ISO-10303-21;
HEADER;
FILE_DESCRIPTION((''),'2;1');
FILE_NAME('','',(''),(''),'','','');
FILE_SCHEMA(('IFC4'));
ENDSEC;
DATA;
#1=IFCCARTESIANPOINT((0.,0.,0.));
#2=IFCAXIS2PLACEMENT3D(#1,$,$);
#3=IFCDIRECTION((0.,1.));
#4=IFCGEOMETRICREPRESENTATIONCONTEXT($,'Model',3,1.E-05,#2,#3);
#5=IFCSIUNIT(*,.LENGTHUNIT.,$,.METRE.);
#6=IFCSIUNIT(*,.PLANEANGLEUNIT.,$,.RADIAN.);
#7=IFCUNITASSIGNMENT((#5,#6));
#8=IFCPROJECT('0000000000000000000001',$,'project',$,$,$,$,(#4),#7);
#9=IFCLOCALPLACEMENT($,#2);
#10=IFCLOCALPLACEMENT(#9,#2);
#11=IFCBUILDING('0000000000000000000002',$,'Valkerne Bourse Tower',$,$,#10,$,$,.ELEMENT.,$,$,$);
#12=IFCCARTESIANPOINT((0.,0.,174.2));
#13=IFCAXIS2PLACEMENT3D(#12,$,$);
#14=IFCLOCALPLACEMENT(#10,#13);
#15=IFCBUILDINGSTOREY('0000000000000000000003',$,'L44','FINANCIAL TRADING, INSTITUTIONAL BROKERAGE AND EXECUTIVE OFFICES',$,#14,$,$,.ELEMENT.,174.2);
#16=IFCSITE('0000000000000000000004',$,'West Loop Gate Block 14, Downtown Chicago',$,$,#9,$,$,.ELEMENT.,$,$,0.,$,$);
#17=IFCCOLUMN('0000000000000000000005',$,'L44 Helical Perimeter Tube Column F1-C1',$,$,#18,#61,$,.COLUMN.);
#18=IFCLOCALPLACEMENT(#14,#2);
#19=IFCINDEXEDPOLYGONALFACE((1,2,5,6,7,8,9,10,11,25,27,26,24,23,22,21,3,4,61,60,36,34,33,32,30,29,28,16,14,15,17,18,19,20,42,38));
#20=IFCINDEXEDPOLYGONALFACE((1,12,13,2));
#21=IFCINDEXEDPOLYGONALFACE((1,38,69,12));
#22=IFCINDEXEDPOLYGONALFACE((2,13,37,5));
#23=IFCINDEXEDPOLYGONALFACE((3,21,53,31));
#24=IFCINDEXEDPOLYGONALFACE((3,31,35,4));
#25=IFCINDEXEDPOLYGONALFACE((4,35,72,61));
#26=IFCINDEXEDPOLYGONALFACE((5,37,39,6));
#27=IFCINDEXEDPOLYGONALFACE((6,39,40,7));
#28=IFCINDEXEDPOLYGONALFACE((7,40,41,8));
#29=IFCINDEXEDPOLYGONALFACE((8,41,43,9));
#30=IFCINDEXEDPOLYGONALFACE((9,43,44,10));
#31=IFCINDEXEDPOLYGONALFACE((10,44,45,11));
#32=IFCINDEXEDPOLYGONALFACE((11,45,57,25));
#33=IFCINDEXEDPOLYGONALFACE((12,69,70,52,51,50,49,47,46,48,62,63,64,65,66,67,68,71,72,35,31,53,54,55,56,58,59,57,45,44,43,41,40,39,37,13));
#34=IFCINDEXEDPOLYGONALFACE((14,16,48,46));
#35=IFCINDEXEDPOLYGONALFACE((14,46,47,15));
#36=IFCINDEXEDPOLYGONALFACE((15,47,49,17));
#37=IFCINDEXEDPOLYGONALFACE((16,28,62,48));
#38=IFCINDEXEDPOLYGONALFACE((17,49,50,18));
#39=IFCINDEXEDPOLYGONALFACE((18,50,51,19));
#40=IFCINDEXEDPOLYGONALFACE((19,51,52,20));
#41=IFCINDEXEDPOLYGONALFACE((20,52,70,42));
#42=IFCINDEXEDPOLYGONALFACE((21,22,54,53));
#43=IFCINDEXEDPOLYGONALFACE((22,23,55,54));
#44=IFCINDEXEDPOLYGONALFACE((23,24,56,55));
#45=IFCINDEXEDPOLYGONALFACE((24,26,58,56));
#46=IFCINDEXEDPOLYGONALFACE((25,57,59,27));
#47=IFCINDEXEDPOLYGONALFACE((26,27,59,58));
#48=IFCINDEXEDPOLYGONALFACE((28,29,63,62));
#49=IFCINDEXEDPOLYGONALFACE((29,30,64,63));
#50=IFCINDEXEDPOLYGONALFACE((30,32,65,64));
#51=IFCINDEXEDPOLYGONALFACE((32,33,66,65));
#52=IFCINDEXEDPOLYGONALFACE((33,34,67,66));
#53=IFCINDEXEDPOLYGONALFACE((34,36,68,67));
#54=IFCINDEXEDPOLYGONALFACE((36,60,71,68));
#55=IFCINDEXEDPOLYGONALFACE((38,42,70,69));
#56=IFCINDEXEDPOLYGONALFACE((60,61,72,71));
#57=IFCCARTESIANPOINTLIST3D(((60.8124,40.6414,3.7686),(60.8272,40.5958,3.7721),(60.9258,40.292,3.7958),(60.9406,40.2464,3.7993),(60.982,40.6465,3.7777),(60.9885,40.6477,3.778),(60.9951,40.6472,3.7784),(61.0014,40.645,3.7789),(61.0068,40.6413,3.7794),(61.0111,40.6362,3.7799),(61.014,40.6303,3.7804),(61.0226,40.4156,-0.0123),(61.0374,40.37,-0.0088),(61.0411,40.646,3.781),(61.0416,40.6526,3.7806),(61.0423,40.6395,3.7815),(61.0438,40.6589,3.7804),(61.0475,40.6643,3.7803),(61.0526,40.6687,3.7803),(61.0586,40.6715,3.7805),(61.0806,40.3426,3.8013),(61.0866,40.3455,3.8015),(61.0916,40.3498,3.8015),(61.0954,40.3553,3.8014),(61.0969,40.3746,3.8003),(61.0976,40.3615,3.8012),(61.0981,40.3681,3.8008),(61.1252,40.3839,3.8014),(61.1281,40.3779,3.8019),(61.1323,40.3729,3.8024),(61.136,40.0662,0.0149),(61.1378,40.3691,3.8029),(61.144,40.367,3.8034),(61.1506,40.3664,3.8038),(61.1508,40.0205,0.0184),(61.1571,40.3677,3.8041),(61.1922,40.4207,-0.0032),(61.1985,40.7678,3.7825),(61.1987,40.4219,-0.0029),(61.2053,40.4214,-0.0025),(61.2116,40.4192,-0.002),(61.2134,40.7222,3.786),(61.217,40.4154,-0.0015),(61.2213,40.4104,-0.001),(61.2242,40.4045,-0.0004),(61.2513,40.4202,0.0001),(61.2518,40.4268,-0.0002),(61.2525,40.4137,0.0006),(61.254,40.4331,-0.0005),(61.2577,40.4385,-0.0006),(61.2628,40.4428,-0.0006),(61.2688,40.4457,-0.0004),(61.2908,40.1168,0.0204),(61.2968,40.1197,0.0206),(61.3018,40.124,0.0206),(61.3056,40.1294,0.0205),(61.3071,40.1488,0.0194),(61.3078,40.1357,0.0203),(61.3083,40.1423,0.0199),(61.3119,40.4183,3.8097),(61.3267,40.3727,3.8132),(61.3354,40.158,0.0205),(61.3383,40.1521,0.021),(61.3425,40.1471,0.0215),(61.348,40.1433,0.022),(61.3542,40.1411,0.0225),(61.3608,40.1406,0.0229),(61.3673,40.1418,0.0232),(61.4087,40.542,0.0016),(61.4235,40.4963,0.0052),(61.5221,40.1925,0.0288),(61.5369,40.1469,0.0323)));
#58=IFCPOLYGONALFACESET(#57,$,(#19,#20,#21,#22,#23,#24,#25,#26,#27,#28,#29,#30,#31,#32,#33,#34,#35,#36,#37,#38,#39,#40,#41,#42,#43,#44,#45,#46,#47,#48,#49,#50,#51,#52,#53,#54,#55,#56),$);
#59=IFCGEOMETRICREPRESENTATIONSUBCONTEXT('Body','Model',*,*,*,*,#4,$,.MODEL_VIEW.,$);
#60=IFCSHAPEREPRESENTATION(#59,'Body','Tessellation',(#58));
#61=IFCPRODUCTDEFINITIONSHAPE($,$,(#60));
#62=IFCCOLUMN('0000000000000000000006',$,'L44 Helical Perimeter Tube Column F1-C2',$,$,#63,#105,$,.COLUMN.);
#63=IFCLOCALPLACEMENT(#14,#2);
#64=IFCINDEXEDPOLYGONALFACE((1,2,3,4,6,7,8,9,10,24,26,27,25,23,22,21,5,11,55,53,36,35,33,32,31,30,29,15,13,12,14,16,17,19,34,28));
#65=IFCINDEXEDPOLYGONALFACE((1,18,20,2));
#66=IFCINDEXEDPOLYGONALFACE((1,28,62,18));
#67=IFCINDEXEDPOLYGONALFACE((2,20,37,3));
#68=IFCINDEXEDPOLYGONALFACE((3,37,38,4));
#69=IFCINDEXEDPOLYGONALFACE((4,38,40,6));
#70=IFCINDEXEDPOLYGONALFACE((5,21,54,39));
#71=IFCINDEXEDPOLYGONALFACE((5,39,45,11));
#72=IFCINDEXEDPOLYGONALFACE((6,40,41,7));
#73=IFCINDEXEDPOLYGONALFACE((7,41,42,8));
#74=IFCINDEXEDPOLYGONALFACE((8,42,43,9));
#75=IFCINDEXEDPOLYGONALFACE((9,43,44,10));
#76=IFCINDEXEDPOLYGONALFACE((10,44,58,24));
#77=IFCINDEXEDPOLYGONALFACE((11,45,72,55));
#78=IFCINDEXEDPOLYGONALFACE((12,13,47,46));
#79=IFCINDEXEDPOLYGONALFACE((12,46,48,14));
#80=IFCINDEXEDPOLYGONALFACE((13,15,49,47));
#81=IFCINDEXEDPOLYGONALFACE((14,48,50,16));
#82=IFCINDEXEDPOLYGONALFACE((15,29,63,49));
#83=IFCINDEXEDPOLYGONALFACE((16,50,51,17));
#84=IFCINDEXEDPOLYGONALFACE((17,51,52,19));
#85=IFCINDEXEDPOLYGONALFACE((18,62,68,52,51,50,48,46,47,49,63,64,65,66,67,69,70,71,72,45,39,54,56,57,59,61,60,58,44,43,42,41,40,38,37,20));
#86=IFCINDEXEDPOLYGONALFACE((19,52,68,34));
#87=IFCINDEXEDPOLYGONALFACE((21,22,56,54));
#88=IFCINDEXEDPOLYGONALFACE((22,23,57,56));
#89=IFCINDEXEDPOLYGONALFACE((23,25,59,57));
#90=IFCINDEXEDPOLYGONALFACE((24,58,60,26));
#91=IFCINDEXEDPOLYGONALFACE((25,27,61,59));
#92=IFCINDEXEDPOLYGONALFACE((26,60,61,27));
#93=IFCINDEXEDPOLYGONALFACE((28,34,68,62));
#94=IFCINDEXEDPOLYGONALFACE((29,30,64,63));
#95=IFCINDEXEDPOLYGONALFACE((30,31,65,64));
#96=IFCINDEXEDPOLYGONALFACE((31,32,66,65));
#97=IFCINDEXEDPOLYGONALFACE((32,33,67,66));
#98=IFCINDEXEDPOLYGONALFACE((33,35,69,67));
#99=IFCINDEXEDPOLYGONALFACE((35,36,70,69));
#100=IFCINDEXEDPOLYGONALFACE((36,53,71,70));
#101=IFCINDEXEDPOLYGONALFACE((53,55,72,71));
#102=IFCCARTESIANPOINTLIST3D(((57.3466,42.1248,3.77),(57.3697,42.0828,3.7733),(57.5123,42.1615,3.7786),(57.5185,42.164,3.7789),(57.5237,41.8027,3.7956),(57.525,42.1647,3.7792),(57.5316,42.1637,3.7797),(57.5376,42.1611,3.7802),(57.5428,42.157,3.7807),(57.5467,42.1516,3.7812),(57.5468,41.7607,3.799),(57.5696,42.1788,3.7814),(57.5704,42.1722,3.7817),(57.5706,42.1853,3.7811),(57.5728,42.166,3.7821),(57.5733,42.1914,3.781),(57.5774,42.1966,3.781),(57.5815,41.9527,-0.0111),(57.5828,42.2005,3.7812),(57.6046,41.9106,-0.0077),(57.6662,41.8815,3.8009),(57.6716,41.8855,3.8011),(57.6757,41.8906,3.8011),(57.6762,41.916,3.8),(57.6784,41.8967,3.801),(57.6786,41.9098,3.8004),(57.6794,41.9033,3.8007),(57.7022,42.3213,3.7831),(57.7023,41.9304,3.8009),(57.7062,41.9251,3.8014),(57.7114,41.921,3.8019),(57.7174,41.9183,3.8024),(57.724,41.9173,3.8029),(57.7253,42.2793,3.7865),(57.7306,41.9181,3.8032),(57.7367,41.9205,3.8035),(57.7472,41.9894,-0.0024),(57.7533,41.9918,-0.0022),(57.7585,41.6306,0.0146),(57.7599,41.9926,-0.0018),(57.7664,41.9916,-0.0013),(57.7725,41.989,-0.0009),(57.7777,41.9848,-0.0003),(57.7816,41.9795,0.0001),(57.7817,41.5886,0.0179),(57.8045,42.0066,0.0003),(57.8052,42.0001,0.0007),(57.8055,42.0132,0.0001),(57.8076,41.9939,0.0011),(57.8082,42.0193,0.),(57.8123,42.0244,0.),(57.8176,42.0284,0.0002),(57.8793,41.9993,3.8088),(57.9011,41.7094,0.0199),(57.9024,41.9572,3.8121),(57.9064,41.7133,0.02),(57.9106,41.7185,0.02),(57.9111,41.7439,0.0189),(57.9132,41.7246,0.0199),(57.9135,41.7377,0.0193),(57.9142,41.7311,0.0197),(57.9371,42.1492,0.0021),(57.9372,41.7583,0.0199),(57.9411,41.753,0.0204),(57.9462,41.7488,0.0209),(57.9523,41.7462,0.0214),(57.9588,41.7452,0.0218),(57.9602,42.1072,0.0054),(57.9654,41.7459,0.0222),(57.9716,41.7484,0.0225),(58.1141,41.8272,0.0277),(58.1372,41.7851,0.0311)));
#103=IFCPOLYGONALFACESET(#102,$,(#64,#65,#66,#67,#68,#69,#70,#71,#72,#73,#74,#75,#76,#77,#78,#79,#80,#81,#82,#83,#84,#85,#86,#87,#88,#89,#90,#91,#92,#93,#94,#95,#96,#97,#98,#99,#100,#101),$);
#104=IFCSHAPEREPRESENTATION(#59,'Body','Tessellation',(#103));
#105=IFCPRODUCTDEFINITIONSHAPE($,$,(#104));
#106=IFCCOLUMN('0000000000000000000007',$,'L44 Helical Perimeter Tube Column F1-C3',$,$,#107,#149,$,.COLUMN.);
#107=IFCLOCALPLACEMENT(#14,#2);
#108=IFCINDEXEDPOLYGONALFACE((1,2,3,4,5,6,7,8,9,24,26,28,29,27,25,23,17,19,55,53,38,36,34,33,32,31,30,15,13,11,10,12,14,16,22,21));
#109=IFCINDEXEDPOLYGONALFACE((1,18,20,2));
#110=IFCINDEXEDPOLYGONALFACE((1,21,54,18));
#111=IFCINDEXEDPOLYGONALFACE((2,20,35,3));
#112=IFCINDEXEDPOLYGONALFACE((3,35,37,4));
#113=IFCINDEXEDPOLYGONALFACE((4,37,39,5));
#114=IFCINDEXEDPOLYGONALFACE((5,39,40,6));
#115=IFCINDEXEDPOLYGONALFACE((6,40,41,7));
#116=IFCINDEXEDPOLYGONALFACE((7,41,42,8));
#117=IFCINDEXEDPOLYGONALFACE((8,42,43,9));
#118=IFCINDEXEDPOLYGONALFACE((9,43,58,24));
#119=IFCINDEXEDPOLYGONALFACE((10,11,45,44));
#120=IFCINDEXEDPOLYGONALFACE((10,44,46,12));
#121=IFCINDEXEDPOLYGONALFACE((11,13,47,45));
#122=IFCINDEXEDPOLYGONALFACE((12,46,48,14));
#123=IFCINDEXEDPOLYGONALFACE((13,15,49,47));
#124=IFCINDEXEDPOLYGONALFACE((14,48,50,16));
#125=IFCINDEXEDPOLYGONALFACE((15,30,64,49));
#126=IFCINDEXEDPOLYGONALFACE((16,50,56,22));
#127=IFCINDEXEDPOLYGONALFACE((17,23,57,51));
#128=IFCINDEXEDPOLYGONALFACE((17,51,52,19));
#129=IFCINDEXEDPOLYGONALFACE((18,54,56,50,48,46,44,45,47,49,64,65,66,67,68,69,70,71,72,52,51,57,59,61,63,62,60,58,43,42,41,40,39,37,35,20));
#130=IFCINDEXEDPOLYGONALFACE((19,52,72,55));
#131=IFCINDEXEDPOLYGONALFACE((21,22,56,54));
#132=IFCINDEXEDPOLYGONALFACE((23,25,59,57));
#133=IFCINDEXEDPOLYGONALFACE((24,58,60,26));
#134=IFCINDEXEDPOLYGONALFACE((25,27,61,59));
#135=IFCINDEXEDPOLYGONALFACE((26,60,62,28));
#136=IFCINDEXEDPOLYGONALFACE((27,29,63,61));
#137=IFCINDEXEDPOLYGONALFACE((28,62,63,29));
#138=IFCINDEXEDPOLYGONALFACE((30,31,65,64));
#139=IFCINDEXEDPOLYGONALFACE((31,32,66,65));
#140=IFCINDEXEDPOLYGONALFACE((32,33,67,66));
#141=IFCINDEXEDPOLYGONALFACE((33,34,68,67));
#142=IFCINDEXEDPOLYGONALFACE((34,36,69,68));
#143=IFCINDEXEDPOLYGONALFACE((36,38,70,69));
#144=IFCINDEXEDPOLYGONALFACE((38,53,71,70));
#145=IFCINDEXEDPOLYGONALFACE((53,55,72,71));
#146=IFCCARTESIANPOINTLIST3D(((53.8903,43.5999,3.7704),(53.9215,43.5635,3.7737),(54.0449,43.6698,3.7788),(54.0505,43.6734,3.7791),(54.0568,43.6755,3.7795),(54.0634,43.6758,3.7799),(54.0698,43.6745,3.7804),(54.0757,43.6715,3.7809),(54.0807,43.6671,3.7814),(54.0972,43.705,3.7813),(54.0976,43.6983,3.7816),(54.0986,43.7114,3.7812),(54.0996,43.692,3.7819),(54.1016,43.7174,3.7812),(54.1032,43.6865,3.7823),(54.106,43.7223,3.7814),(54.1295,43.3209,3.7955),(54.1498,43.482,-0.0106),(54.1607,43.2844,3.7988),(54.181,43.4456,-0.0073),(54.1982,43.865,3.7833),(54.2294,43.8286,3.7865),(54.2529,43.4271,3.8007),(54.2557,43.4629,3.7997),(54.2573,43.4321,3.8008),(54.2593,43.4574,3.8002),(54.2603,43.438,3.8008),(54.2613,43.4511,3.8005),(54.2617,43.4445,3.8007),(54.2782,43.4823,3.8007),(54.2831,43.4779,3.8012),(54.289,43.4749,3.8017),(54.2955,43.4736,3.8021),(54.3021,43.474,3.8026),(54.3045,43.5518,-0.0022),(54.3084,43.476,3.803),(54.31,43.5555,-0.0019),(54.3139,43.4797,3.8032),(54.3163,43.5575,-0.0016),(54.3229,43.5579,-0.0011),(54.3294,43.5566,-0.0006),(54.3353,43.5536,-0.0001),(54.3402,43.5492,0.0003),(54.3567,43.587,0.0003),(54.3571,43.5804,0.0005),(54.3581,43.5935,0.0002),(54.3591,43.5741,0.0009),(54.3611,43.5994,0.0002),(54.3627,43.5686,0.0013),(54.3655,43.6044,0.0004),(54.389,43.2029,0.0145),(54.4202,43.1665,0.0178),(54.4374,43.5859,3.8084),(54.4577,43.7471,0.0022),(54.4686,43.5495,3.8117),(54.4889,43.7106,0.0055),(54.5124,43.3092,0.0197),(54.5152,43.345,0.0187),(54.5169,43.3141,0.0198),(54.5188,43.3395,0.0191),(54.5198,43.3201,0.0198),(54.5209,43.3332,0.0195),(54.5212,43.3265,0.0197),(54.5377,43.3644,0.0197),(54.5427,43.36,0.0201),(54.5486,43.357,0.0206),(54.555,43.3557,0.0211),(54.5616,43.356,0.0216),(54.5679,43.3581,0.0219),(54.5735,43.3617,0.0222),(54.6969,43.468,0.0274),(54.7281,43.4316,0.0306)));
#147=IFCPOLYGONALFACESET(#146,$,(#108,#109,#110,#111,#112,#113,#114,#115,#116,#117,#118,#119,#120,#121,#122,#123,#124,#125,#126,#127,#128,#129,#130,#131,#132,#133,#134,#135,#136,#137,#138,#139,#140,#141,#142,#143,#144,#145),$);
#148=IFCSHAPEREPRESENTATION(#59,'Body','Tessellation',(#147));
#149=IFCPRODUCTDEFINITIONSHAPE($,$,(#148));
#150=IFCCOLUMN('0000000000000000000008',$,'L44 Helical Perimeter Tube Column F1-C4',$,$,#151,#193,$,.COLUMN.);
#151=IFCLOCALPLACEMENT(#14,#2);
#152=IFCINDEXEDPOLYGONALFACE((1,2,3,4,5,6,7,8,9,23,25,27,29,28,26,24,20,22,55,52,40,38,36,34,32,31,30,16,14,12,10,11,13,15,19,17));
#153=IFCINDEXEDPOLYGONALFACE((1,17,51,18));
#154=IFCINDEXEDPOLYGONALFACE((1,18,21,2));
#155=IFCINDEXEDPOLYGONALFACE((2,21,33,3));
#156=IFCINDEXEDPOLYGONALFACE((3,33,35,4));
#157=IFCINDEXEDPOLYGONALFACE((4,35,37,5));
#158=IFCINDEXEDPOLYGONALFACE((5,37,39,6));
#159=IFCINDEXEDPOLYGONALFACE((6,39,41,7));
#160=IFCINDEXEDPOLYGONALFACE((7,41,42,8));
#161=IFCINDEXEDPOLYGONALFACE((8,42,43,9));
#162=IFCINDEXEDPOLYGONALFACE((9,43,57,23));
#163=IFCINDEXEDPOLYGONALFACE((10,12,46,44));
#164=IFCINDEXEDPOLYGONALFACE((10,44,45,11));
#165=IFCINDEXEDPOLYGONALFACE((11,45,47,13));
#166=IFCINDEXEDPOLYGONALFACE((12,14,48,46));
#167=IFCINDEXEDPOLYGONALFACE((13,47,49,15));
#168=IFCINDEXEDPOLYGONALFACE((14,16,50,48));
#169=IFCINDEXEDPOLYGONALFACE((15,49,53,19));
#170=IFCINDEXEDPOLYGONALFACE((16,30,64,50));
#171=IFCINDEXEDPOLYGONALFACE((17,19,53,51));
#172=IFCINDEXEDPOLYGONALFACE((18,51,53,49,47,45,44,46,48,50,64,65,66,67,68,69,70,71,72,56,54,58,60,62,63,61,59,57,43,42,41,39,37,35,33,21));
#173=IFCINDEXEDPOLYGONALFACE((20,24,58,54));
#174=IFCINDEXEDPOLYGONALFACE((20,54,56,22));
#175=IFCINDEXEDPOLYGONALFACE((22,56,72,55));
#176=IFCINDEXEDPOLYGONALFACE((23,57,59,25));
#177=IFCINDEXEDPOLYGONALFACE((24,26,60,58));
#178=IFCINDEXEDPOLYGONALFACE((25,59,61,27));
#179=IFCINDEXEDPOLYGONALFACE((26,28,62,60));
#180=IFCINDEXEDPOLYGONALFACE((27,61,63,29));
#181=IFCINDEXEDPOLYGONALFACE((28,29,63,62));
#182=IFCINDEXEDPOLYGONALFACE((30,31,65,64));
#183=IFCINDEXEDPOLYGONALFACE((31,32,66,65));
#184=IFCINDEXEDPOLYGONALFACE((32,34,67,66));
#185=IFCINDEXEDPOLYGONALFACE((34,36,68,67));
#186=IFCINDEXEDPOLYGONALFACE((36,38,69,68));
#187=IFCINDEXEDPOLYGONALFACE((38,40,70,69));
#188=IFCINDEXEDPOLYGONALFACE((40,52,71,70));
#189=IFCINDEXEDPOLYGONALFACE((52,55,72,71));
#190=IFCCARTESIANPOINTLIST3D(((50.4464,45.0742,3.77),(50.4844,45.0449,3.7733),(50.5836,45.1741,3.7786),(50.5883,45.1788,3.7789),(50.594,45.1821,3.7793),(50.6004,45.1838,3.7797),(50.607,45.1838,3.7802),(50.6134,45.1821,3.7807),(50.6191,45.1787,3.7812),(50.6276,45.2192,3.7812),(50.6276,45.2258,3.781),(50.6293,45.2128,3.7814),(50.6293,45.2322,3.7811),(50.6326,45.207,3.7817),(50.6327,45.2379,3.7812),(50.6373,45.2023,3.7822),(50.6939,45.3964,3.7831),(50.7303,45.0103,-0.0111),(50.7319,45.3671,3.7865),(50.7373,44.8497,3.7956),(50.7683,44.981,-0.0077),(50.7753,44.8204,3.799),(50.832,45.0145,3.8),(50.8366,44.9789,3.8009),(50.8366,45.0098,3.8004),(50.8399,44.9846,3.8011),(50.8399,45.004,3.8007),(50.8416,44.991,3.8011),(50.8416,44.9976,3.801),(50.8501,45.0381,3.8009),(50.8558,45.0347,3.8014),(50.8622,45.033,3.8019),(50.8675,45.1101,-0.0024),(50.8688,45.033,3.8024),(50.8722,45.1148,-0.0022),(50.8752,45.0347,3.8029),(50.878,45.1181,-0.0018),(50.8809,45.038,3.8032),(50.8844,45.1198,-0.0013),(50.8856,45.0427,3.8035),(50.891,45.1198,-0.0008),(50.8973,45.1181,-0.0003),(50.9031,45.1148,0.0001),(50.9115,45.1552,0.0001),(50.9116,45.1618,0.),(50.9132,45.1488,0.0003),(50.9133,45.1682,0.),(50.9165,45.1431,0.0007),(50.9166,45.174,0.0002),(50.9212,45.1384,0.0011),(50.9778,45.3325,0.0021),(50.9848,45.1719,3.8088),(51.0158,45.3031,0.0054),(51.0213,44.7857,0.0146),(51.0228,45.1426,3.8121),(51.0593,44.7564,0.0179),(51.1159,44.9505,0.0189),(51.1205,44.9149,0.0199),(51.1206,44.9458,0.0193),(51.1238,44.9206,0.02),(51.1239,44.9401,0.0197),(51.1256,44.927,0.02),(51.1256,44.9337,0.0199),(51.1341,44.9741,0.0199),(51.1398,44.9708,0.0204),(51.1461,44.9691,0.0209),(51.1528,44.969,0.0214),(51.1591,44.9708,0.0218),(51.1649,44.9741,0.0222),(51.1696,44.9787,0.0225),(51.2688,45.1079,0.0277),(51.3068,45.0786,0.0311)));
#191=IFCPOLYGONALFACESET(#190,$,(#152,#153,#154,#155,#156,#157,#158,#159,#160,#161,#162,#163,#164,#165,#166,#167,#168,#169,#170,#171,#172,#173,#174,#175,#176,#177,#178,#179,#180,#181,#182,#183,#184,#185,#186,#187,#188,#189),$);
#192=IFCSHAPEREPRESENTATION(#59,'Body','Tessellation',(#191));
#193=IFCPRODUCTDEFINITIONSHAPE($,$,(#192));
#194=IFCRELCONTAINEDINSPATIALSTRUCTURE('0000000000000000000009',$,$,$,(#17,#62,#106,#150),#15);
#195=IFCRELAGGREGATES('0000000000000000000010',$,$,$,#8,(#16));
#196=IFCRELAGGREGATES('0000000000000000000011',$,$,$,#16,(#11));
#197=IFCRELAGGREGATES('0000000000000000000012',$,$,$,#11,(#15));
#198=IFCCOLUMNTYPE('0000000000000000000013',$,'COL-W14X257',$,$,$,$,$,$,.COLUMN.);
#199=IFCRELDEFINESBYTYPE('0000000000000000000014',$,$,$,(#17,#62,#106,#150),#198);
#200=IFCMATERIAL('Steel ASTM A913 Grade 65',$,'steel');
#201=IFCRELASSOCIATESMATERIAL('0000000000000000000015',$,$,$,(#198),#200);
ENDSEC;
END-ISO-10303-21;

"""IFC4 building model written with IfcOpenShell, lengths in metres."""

from ifc_helpers import new_model, si_unit, direction, frame, origin, origin_2d, place, context, subcontext, project, spatial, i_section, extrude, material, material_profile, profile_set, type_object, element, save


model = new_model("IFC4")

# Units and contexts
model_context = context("Model", 3, precision=1e-05, world=origin(), true_north=direction((0.0, 1.0)))
body_context = subcontext(model_context, "Body", "Model", "MODEL_VIEW")
ifc_project = project(units=[si_unit("LENGTHUNIT", "METRE"), si_unit("PLANEANGLEUNIT", "RADIAN")], contexts=[model_context])

# Site, building, storey
site_placement = place(None, origin())
site = spatial("IfcSite", under=ifc_project, at=site_placement, Name="West Loop Gate Block 14, Downtown Chicago", CompositionType="ELEMENT", RefElevation=0.0)
building_placement = place(site_placement, origin())
building = spatial("IfcBuilding", under=site, at=building_placement, Name="Valkerne Bourse Tower", CompositionType="ELEMENT")
storey_placement = place(building_placement, frame((0.0, 0.0, 174.2)))
storey = spatial("IfcBuildingStorey", under=building, at=storey_placement, Name="L44", Description="FINANCIAL TRADING, INSTITUTIONAL BROKERAGE AND EXECUTIVE OFFICES", CompositionType="ELEMENT", Elevation=174.2)

# Columns
ifc_material_1 = material(Name="Steel ASTM A913 Grade 65", Category="steel")
ifc_material_profile_1 = material_profile(ifc_material_1, i_section(OverallWidth=0.4065, OverallDepth=0.4165, WebThickness=0.0298, FlangeThickness=0.0481, FilletRadius=0.0254, at=origin_2d()), Name="W14X257")
ifc_profile_set_1 = profile_set([ifc_material_profile_1], Name="Steel ASTM A913 Grade 65")
column_type = type_object("IfcColumnType", Name="COL-W14X257", PredefinedType="COLUMN", material=ifc_profile_set_1)
column_1_placement = place(storey_placement, frame((61.2798, 40.2812, 0.01), z_axis=(-0.055411, 0.05953, 0.996687), x_axis=(0.949849, 0.31083, 0.034242)))
element("IfcColumn", 1, at=column_1_placement, inside=storey, type_object=column_type, Name="L44 Helical Perimeter Tube Column F1-C1", PredefinedType="COLUMN", context=body_context, shape_type="SweptSolid", body=[
    extrude(i_section(OverallWidth=0.4065, OverallDepth=0.4165, WebThickness=0.0298, FlangeThickness=0.0481, FilletRadius=0.0254, at=origin_2d()), origin(), (0.0, 0.0, 1.0), 3.7935),
])
column_2_placement = place(storey_placement, frame((57.8594, 41.8689, 0.01), z_axis=(-0.061933, 0.045388, 0.997048), x_axis=(0.874763, 0.483471, 0.032329)))
element("IfcColumn", 2, at=column_2_placement, inside=storey, type_object=column_type, Name="L44 Helical Perimeter Tube Column F1-C2", PredefinedType="COLUMN", context=body_context, shape_type="SweptSolid", body=[
    extrude(i_section(OverallWidth=0.4065, OverallDepth=0.4165, WebThickness=0.0298, FlangeThickness=0.0481, FilletRadius=0.0254, at=origin_2d()), origin(), (0.0, 0.0, 1.0), 3.7922),
])
column_3_placement = place(storey_placement, frame((54.439, 43.4568, 0.01), z_axis=(-0.068444, 0.031099, 0.99717), x_axis=(0.757457, 0.652117, 0.031653)))
element("IfcColumn", 3, at=column_3_placement, inside=storey, type_object=column_type, Name="L44 Helical Perimeter Tube Column F1-C3", PredefinedType="COLUMN", context=body_context, shape_type="SweptSolid", body=[
    extrude(i_section(OverallWidth=0.4065, OverallDepth=0.4165, WebThickness=0.0298, FlangeThickness=0.0481, FilletRadius=0.0254, at=origin_2d()), origin(), (0.0, 0.0, 1.0), 3.7917),
])
column_4_placement = place(storey_placement, frame((51.0186, 45.0444, 0.01), z_axis=(-0.074874, 0.016868, 0.99705), x_axis=(0.608873, 0.792609, 0.032315)))
element("IfcColumn", 4, at=column_4_placement, inside=storey, type_object=column_type, Name="L44 Helical Perimeter Tube Column F1-C4", PredefinedType="COLUMN", context=body_context, shape_type="SweptSolid", body=[
    extrude(i_section(OverallWidth=0.4065, OverallDepth=0.4165, WebThickness=0.0298, FlangeThickness=0.0481, FilletRadius=0.0254, at=origin_2d()), origin(), (0.0, 0.0, 1.0), 3.7922),
])

save(model, "model.ifc")
